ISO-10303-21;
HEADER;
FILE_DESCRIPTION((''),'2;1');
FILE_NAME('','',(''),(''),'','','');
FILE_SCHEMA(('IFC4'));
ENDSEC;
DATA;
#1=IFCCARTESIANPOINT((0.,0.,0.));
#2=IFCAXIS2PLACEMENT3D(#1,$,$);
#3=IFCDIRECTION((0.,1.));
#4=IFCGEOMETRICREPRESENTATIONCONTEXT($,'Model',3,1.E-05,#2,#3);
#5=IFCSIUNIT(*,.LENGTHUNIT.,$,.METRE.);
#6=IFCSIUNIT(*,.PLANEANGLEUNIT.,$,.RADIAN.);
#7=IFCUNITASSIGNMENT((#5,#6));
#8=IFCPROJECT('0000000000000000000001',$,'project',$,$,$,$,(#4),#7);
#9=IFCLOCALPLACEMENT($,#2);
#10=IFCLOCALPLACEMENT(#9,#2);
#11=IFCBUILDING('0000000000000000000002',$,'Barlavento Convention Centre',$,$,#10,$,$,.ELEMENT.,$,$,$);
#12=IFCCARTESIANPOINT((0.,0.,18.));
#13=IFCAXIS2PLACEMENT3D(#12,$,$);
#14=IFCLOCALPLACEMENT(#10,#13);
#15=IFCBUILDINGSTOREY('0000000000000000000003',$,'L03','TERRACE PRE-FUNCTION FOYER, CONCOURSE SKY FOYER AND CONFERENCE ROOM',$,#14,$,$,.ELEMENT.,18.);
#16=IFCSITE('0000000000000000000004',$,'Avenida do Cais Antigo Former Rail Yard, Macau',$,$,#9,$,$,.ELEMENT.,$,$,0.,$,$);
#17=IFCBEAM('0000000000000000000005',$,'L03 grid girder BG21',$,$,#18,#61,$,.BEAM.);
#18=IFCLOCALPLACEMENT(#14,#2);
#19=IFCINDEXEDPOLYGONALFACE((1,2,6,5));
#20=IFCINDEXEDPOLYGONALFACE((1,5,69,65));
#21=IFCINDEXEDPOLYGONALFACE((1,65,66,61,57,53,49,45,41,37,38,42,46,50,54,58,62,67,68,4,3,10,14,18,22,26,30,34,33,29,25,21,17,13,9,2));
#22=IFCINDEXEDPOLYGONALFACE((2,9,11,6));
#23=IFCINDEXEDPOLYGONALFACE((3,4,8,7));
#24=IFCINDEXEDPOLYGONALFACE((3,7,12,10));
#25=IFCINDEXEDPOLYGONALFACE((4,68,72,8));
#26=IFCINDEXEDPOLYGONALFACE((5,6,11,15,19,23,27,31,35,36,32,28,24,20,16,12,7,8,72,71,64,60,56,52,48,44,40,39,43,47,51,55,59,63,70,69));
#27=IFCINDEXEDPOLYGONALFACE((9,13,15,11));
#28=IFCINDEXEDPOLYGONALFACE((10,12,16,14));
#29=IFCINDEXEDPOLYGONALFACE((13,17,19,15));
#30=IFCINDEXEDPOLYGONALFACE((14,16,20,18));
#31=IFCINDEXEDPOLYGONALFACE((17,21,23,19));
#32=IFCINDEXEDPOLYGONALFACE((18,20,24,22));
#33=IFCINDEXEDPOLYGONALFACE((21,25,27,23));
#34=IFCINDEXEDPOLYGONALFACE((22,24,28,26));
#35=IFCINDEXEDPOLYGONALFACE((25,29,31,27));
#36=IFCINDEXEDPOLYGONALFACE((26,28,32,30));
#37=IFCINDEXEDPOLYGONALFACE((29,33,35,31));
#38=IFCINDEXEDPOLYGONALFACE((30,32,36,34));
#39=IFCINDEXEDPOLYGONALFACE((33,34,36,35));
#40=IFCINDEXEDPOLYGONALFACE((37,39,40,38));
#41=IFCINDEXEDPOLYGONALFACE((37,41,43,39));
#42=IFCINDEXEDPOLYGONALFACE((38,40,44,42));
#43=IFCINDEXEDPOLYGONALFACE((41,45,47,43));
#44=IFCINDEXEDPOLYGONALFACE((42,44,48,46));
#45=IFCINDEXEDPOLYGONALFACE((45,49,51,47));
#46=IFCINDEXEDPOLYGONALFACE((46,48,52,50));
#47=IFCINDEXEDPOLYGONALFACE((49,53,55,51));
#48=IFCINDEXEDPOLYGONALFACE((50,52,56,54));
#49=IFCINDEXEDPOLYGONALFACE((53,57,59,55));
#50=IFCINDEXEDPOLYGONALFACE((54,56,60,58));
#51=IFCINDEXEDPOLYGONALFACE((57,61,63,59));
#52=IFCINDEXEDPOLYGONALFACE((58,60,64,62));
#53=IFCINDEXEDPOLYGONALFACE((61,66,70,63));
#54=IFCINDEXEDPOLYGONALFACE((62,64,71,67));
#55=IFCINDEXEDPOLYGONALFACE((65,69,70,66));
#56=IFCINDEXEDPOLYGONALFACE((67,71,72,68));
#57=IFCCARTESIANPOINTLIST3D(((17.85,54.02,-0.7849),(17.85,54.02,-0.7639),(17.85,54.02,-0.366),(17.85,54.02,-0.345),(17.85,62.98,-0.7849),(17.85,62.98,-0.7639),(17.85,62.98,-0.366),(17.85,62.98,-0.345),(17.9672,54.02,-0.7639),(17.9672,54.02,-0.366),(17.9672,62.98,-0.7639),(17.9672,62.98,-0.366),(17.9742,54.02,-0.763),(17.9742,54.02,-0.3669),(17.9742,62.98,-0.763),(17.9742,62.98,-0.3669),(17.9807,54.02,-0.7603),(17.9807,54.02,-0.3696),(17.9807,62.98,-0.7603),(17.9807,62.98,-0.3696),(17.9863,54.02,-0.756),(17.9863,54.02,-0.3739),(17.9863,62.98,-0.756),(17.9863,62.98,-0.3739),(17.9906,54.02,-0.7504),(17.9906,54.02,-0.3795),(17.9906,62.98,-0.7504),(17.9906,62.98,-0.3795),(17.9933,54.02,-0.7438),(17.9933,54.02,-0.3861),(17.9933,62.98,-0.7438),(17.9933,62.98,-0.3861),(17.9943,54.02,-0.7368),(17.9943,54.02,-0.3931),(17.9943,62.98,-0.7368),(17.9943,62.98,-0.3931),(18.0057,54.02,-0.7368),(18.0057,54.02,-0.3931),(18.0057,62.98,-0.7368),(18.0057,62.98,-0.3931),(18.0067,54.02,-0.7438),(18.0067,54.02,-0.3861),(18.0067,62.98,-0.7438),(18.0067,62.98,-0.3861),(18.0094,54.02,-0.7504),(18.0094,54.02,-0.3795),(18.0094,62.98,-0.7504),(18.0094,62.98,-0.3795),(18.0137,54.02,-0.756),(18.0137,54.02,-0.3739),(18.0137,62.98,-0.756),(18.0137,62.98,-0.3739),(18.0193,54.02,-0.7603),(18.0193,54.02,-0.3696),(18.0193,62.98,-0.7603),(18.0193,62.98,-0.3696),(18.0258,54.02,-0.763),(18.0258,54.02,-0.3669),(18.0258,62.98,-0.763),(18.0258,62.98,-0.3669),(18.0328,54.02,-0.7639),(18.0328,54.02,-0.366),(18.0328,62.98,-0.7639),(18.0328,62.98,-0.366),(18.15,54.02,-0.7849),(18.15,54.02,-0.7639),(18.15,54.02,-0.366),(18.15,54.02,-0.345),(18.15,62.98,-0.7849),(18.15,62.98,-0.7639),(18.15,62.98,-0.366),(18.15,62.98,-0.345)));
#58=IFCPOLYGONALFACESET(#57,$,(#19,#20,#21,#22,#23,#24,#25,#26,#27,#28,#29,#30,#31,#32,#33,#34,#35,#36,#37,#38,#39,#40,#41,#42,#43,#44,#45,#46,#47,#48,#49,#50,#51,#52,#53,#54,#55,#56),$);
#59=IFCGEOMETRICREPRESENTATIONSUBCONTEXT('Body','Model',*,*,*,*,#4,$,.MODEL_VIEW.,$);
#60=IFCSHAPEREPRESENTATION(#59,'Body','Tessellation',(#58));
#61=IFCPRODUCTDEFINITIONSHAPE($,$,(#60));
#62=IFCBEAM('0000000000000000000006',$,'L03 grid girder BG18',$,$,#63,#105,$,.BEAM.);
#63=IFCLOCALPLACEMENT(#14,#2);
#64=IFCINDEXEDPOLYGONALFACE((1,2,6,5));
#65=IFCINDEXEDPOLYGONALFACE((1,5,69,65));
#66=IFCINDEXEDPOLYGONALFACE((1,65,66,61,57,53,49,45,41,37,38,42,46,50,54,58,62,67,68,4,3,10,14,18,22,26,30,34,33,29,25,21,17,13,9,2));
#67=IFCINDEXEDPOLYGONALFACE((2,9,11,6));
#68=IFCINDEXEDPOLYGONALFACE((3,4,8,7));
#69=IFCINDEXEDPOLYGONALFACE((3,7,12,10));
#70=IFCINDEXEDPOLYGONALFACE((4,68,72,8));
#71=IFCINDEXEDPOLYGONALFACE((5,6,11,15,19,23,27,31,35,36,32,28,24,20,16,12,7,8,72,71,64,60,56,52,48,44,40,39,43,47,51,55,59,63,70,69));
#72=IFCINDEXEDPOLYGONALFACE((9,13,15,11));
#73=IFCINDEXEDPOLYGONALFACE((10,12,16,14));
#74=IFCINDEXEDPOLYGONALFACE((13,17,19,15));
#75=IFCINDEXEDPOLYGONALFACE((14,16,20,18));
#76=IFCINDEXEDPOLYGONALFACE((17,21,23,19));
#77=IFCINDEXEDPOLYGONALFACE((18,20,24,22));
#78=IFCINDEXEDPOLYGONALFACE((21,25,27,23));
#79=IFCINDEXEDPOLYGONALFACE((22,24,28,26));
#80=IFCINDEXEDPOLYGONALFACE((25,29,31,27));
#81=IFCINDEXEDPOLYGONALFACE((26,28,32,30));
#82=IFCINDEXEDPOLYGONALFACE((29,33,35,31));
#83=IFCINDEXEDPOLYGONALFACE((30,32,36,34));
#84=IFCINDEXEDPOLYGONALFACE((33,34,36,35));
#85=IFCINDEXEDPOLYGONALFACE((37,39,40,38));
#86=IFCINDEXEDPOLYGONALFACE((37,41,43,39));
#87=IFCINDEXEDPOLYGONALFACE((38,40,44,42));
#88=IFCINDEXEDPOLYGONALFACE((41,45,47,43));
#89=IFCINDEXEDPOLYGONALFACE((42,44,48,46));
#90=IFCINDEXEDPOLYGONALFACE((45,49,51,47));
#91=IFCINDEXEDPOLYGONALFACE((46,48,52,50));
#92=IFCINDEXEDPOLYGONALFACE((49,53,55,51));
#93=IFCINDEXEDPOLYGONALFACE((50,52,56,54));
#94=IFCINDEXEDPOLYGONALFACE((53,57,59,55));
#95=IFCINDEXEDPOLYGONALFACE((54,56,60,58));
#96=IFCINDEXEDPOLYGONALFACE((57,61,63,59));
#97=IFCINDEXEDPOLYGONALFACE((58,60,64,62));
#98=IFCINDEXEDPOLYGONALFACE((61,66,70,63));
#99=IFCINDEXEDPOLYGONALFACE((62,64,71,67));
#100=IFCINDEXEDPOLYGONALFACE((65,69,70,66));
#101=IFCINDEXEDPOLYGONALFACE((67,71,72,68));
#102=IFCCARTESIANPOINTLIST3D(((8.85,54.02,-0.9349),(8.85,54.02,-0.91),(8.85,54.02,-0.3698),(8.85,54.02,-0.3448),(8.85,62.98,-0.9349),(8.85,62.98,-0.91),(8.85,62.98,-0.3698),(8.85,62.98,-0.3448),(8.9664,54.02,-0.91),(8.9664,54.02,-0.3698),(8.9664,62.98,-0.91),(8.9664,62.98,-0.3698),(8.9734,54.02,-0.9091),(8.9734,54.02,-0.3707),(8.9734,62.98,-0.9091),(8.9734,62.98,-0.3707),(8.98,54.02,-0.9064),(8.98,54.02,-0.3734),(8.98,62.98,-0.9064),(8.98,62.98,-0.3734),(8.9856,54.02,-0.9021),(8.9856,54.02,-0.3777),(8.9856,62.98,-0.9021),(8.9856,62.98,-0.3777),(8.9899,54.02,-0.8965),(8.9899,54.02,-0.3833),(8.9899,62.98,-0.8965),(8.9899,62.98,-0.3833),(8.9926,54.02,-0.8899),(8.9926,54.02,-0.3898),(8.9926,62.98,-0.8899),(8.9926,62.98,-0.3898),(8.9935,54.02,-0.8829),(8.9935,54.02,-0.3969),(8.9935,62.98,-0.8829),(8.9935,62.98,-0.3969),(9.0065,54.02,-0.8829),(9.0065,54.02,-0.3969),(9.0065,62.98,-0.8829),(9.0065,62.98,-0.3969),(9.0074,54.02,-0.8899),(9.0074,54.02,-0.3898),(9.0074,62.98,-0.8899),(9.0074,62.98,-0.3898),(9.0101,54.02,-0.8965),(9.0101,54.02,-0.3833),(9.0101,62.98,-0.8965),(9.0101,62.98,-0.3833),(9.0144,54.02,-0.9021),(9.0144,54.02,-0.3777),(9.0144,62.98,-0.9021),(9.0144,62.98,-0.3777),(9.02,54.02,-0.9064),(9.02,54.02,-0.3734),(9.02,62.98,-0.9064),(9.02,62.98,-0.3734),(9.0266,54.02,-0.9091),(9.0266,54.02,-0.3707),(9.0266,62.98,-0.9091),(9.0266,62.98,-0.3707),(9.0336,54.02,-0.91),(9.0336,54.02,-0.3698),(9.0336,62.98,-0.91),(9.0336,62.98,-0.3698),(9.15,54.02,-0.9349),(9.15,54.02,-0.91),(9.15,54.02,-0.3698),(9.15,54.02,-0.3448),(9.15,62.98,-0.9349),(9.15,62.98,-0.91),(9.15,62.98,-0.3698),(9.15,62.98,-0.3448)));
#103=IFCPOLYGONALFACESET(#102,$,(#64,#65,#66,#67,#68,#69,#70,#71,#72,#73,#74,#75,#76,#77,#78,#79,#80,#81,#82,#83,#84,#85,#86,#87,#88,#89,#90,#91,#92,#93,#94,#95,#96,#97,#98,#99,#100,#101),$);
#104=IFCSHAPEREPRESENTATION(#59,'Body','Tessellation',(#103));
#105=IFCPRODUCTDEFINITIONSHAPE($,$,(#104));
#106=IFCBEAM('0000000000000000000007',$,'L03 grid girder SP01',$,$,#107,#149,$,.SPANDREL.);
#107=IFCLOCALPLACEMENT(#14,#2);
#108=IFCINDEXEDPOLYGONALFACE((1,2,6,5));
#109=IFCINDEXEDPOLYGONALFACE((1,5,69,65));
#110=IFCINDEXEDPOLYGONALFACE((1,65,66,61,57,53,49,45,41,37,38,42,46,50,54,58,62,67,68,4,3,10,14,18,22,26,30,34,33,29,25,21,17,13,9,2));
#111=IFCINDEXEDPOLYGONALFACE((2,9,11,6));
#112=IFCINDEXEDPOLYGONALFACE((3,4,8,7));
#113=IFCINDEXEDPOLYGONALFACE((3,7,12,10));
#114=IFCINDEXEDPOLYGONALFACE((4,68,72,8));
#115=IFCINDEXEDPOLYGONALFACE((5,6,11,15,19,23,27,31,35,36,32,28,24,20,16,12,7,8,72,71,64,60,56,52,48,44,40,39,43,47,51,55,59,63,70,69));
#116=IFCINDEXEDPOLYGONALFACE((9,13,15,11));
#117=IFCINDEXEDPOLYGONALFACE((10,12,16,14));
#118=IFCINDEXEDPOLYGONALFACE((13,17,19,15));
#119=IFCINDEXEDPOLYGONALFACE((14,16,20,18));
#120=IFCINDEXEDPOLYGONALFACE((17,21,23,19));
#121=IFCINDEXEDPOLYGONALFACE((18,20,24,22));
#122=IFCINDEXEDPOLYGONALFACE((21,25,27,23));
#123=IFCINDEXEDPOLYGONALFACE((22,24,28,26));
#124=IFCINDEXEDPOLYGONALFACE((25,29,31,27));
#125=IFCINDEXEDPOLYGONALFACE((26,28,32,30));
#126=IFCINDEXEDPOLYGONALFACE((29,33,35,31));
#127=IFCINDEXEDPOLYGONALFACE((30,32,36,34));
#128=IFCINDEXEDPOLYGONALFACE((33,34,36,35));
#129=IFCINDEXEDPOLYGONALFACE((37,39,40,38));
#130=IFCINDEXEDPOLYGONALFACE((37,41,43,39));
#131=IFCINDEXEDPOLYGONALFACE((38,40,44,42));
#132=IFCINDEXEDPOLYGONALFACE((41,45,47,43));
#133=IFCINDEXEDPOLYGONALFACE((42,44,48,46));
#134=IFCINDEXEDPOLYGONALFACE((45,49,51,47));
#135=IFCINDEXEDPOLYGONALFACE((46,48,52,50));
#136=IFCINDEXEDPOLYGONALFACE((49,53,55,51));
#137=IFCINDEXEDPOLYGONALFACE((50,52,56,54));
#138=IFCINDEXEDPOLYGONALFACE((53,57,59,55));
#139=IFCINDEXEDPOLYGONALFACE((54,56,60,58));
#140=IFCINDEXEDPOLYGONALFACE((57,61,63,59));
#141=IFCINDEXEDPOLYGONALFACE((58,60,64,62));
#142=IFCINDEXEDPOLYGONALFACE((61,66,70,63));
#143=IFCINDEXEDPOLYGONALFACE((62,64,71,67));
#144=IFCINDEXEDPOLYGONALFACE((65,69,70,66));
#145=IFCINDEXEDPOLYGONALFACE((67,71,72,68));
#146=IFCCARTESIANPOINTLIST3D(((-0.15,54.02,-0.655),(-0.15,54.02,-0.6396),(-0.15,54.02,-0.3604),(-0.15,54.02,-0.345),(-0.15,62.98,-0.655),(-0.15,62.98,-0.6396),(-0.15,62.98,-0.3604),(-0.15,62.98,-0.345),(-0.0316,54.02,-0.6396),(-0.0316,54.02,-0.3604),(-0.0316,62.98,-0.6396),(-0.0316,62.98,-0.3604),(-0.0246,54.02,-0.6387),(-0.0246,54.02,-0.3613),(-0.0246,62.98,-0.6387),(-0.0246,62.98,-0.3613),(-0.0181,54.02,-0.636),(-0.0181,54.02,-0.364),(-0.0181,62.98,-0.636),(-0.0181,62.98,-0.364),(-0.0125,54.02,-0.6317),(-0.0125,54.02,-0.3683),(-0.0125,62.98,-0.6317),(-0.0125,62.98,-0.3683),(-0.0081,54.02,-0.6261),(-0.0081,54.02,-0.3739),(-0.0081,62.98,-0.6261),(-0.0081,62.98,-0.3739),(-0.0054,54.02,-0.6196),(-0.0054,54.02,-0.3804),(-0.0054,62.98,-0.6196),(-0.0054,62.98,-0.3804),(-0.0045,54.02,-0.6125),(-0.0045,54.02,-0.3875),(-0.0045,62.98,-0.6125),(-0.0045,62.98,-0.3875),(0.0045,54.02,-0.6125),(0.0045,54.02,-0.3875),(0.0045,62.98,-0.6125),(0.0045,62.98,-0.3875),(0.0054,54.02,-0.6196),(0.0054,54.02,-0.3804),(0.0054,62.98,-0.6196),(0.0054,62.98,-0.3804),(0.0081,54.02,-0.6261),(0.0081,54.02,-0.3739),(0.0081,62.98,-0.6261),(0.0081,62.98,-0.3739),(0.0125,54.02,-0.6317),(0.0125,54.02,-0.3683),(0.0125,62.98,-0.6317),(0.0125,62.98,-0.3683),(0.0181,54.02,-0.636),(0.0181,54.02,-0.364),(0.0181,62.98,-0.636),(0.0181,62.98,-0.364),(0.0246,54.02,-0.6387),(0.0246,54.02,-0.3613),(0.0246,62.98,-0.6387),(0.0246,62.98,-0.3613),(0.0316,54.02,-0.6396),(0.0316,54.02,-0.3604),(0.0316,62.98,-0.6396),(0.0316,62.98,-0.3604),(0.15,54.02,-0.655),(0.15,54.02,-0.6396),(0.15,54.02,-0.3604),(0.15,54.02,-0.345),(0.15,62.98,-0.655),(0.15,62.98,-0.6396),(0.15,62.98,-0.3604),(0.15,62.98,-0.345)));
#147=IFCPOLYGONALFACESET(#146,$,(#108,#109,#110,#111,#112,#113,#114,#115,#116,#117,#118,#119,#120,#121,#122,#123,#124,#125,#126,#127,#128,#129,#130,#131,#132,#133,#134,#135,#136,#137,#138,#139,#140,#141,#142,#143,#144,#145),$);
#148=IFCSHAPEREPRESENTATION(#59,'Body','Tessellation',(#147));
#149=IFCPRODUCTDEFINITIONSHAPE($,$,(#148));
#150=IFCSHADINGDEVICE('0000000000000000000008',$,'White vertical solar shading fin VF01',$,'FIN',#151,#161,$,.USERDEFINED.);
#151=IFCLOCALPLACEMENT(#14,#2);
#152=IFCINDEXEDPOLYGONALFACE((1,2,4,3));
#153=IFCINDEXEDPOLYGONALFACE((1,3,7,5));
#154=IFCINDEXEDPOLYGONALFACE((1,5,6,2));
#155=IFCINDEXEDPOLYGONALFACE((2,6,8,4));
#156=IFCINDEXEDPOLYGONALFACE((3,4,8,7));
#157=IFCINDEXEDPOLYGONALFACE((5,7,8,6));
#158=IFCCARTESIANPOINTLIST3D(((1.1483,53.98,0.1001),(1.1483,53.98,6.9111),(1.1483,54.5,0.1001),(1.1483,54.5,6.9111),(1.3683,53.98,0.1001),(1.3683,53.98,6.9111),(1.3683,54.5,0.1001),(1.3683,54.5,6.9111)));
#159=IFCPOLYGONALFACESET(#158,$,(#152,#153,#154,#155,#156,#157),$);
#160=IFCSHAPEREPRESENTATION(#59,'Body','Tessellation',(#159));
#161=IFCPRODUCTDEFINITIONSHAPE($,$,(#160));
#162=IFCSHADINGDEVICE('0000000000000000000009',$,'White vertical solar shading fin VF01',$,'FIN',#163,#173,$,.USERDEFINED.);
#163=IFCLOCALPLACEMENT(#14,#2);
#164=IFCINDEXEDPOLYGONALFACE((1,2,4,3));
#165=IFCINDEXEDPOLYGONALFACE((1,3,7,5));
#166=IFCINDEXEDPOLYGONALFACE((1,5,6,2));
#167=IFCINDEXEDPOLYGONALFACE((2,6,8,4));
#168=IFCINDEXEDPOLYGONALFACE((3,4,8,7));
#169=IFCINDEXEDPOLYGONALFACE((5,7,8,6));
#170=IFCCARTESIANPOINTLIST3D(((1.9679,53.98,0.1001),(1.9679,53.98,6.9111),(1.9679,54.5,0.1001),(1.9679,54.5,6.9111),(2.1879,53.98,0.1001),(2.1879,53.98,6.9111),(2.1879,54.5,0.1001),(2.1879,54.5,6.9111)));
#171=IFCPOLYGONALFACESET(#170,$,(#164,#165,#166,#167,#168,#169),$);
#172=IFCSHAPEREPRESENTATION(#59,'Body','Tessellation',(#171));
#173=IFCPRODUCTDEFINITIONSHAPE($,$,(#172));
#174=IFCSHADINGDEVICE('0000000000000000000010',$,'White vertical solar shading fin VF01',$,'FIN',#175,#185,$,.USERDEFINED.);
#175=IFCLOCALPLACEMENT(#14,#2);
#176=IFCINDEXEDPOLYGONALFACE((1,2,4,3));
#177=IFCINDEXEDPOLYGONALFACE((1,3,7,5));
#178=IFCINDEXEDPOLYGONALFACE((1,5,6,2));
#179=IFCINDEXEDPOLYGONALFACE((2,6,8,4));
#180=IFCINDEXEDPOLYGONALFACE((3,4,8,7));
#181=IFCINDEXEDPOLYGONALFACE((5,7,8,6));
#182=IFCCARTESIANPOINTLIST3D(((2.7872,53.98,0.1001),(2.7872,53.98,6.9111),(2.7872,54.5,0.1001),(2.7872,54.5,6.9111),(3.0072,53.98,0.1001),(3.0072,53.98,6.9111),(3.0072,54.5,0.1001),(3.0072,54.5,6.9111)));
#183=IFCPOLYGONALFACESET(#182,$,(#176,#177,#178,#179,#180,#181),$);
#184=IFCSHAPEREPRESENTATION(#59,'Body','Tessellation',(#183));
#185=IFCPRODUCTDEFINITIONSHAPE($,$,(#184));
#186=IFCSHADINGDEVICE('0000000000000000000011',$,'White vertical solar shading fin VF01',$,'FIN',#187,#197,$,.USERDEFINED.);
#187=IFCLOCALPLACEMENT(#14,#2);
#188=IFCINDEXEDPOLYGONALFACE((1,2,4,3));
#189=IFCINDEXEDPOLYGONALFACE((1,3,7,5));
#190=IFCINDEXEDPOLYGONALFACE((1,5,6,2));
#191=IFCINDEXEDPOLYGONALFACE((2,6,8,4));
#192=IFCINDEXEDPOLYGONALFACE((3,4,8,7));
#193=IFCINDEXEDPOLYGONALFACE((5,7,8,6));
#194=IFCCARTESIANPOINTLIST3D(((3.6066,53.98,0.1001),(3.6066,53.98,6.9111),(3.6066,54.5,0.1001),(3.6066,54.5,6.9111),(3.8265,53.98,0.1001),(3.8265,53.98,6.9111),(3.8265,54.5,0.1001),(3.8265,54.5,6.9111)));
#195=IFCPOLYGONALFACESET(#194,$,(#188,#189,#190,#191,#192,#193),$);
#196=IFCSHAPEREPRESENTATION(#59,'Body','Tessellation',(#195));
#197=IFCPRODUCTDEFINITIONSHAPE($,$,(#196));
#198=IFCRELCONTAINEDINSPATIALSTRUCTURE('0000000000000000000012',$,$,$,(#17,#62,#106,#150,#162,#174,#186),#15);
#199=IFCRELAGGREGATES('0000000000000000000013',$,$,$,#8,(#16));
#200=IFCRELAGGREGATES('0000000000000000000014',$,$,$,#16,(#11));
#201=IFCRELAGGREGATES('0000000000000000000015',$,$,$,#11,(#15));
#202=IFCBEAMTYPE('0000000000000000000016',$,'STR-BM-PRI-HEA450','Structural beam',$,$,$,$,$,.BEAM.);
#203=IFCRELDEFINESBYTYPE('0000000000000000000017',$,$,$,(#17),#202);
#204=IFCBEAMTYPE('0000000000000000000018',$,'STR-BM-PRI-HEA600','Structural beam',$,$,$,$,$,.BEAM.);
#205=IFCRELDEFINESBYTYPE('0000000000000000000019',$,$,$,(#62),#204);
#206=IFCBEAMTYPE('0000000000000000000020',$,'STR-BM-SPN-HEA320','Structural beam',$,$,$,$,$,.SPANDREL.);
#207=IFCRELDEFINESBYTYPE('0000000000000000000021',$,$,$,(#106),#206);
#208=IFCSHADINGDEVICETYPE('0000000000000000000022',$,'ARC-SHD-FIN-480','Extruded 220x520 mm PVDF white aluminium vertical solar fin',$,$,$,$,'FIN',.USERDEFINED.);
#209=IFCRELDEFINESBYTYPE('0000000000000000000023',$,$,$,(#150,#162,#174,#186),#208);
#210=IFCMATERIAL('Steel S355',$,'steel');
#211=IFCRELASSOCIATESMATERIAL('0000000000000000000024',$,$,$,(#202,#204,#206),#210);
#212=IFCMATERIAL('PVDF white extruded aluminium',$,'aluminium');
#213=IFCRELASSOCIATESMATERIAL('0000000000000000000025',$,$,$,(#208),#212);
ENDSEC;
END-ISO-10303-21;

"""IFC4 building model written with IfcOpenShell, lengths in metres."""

from ifc_helpers import new_model, si_unit, direction, frame, origin, origin_2d, place, context, subcontext, project, spatial, rectangle, i_section, extrude, material, material_profile, profile_set, type_object, element, save


model = new_model("IFC4")

# Units and contexts
model_context = context("Model", 3, precision=1e-05, world=origin(), true_north=direction((0.0, 1.0)))
body_context = subcontext(model_context, "Body", "Model", "MODEL_VIEW")
ifc_project = project(units=[si_unit("LENGTHUNIT", "METRE"), si_unit("PLANEANGLEUNIT", "RADIAN")], contexts=[model_context])

# Site, building, storey
site_placement = place(None, origin())
site = spatial("IfcSite", under=ifc_project, at=site_placement, Name="Avenida do Cais Antigo Former Rail Yard, Macau", CompositionType="ELEMENT", RefElevation=0.0)
building_placement = place(site_placement, origin())
building = spatial("IfcBuilding", under=site, at=building_placement, Name="Barlavento Convention Centre", CompositionType="ELEMENT")
storey_placement = place(building_placement, frame((0.0, 0.0, 18.0)))
storey = spatial("IfcBuildingStorey", under=building, at=storey_placement, Name="L03", Description="TERRACE PRE-FUNCTION FOYER, CONCOURSE SKY FOYER AND CONFERENCE ROOM", CompositionType="ELEMENT", Elevation=18.0)

# Beams
ifc_material_1 = material(Name="Steel S355", Category="steel")
ifc_material_profile_1 = material_profile(ifc_material_1, i_section(OverallWidth=0.3, OverallDepth=0.4399, WebThickness=0.0115, FlangeThickness=0.021, FilletRadius=0.0271, at=origin_2d()), Name="HEA 450")
ifc_profile_set_1 = profile_set([ifc_material_profile_1], Name="Steel S355")
beam_type_1 = type_object("IfcBeamType", Name="STR-BM-PRI-HEA450", Description="Structural beam", PredefinedType="BEAM", material=ifc_profile_set_1)
beam_1_placement = place(storey_placement, frame((18.0, 54.02, -0.5649), z_axis=(0.0, 1.0, 0.0), x_axis=(-1.0, 0.0, 0.0)))
element("IfcBeam", 1, at=beam_1_placement, inside=storey, type_object=beam_type_1, Name="L03 grid girder BG21", PredefinedType="BEAM", context=body_context, shape_type="SweptSolid", body=[
    extrude(i_section(OverallWidth=0.3, OverallDepth=0.4399, WebThickness=0.0115, FlangeThickness=0.021, FilletRadius=0.0271, at=origin_2d()), origin(), (0.0, 0.0, 1.0), 8.96),
])
ifc_material_profile_2 = material_profile(ifc_material_1, i_section(OverallWidth=0.3, OverallDepth=0.5901, WebThickness=0.0129, FlangeThickness=0.0249, FilletRadius=0.0271, at=origin_2d()), Name="HEA 600")
ifc_profile_set_2 = profile_set([ifc_material_profile_2], Name="Steel S355")
beam_type_2 = type_object("IfcBeamType", Name="STR-BM-PRI-HEA600", Description="Structural beam", PredefinedType="BEAM", material=ifc_profile_set_2)
beam_2_placement = place(storey_placement, frame((9.0, 54.02, -0.6399), z_axis=(0.0, 1.0, 0.0), x_axis=(-1.0, 0.0, 0.0)))
element("IfcBeam", 2, at=beam_2_placement, inside=storey, type_object=beam_type_2, Name="L03 grid girder BG18", PredefinedType="BEAM", context=body_context, shape_type="SweptSolid", body=[
    extrude(i_section(OverallWidth=0.3, OverallDepth=0.5901, WebThickness=0.0129, FlangeThickness=0.0249, FilletRadius=0.0271, at=origin_2d()), origin(), (0.0, 0.0, 1.0), 8.96),
])
ifc_material_profile_3 = material_profile(ifc_material_1, i_section(OverallWidth=0.3, OverallDepth=0.3101, WebThickness=0.009, FlangeThickness=0.0154, FilletRadius=0.0271, at=origin_2d()), Name="HEA 320")
ifc_profile_set_3 = profile_set([ifc_material_profile_3], Name="Steel S355")
beam_type_3 = type_object("IfcBeamType", Name="STR-BM-SPN-HEA320", Description="Structural beam", PredefinedType="SPANDREL", material=ifc_profile_set_3)
beam_3_placement = place(storey_placement, frame((0.0, 54.02, -0.5), z_axis=(0.0, 1.0, 0.0), x_axis=(-1.0, 0.0, 0.0)))
element("IfcBeam", 3, at=beam_3_placement, inside=storey, type_object=beam_type_3, Name="L03 grid girder SP01", PredefinedType="SPANDREL", context=body_context, shape_type="SweptSolid", body=[
    extrude(i_section(OverallWidth=0.3, OverallDepth=0.3101, WebThickness=0.009, FlangeThickness=0.0154, FilletRadius=0.0271, at=origin_2d()), origin(), (0.0, 0.0, 1.0), 8.96),
])

# Shading devices
ifc_material_2 = material(Name="PVDF white extruded aluminium", Category="aluminium")
shading_device_type = type_object("IfcShadingDeviceType", Name="ARC-SHD-FIN-480", Description="Extruded 220x520 mm PVDF white aluminium vertical solar fin", ElementType="FIN", PredefinedType="USERDEFINED", material=ifc_material_2)
for number, where, z_axis, x_axis, name in (
    (4, (1.2583, 54.24, 0.1001), (0.0, 0.0, 1.0), (1.0, 0.0, 0.0), "White vertical solar shading fin VF01"),
    (5, (2.0779, 54.24, 0.1001), (0.0, 0.0, 1.0), (1.0, 0.0, 0.0), "White vertical solar shading fin VF01"),
    (6, (2.8972, 54.24, 0.1001), (0.0, 0.0, 1.0), (1.0, 0.0, 0.0), "White vertical solar shading fin VF01"),
    (7, (3.7166, 54.24, 0.1001), (0.0, 0.0, 1.0), (1.0, 0.0, 0.0), "White vertical solar shading fin VF01"),
):
    element("IfcShadingDevice", number, at=place(storey_placement, frame(where, z_axis=z_axis, x_axis=x_axis)), inside=storey, type_object=shading_device_type, Name=name, ObjectType="FIN", PredefinedType="USERDEFINED", context=body_context, shape_type="SweptSolid", body=[
        extrude(rectangle(XDim=0.22, YDim=0.52, at=origin_2d()), origin(), (0.0, 0.0, 1.0), 6.811),
    ])

save(model, "model.ifc")
